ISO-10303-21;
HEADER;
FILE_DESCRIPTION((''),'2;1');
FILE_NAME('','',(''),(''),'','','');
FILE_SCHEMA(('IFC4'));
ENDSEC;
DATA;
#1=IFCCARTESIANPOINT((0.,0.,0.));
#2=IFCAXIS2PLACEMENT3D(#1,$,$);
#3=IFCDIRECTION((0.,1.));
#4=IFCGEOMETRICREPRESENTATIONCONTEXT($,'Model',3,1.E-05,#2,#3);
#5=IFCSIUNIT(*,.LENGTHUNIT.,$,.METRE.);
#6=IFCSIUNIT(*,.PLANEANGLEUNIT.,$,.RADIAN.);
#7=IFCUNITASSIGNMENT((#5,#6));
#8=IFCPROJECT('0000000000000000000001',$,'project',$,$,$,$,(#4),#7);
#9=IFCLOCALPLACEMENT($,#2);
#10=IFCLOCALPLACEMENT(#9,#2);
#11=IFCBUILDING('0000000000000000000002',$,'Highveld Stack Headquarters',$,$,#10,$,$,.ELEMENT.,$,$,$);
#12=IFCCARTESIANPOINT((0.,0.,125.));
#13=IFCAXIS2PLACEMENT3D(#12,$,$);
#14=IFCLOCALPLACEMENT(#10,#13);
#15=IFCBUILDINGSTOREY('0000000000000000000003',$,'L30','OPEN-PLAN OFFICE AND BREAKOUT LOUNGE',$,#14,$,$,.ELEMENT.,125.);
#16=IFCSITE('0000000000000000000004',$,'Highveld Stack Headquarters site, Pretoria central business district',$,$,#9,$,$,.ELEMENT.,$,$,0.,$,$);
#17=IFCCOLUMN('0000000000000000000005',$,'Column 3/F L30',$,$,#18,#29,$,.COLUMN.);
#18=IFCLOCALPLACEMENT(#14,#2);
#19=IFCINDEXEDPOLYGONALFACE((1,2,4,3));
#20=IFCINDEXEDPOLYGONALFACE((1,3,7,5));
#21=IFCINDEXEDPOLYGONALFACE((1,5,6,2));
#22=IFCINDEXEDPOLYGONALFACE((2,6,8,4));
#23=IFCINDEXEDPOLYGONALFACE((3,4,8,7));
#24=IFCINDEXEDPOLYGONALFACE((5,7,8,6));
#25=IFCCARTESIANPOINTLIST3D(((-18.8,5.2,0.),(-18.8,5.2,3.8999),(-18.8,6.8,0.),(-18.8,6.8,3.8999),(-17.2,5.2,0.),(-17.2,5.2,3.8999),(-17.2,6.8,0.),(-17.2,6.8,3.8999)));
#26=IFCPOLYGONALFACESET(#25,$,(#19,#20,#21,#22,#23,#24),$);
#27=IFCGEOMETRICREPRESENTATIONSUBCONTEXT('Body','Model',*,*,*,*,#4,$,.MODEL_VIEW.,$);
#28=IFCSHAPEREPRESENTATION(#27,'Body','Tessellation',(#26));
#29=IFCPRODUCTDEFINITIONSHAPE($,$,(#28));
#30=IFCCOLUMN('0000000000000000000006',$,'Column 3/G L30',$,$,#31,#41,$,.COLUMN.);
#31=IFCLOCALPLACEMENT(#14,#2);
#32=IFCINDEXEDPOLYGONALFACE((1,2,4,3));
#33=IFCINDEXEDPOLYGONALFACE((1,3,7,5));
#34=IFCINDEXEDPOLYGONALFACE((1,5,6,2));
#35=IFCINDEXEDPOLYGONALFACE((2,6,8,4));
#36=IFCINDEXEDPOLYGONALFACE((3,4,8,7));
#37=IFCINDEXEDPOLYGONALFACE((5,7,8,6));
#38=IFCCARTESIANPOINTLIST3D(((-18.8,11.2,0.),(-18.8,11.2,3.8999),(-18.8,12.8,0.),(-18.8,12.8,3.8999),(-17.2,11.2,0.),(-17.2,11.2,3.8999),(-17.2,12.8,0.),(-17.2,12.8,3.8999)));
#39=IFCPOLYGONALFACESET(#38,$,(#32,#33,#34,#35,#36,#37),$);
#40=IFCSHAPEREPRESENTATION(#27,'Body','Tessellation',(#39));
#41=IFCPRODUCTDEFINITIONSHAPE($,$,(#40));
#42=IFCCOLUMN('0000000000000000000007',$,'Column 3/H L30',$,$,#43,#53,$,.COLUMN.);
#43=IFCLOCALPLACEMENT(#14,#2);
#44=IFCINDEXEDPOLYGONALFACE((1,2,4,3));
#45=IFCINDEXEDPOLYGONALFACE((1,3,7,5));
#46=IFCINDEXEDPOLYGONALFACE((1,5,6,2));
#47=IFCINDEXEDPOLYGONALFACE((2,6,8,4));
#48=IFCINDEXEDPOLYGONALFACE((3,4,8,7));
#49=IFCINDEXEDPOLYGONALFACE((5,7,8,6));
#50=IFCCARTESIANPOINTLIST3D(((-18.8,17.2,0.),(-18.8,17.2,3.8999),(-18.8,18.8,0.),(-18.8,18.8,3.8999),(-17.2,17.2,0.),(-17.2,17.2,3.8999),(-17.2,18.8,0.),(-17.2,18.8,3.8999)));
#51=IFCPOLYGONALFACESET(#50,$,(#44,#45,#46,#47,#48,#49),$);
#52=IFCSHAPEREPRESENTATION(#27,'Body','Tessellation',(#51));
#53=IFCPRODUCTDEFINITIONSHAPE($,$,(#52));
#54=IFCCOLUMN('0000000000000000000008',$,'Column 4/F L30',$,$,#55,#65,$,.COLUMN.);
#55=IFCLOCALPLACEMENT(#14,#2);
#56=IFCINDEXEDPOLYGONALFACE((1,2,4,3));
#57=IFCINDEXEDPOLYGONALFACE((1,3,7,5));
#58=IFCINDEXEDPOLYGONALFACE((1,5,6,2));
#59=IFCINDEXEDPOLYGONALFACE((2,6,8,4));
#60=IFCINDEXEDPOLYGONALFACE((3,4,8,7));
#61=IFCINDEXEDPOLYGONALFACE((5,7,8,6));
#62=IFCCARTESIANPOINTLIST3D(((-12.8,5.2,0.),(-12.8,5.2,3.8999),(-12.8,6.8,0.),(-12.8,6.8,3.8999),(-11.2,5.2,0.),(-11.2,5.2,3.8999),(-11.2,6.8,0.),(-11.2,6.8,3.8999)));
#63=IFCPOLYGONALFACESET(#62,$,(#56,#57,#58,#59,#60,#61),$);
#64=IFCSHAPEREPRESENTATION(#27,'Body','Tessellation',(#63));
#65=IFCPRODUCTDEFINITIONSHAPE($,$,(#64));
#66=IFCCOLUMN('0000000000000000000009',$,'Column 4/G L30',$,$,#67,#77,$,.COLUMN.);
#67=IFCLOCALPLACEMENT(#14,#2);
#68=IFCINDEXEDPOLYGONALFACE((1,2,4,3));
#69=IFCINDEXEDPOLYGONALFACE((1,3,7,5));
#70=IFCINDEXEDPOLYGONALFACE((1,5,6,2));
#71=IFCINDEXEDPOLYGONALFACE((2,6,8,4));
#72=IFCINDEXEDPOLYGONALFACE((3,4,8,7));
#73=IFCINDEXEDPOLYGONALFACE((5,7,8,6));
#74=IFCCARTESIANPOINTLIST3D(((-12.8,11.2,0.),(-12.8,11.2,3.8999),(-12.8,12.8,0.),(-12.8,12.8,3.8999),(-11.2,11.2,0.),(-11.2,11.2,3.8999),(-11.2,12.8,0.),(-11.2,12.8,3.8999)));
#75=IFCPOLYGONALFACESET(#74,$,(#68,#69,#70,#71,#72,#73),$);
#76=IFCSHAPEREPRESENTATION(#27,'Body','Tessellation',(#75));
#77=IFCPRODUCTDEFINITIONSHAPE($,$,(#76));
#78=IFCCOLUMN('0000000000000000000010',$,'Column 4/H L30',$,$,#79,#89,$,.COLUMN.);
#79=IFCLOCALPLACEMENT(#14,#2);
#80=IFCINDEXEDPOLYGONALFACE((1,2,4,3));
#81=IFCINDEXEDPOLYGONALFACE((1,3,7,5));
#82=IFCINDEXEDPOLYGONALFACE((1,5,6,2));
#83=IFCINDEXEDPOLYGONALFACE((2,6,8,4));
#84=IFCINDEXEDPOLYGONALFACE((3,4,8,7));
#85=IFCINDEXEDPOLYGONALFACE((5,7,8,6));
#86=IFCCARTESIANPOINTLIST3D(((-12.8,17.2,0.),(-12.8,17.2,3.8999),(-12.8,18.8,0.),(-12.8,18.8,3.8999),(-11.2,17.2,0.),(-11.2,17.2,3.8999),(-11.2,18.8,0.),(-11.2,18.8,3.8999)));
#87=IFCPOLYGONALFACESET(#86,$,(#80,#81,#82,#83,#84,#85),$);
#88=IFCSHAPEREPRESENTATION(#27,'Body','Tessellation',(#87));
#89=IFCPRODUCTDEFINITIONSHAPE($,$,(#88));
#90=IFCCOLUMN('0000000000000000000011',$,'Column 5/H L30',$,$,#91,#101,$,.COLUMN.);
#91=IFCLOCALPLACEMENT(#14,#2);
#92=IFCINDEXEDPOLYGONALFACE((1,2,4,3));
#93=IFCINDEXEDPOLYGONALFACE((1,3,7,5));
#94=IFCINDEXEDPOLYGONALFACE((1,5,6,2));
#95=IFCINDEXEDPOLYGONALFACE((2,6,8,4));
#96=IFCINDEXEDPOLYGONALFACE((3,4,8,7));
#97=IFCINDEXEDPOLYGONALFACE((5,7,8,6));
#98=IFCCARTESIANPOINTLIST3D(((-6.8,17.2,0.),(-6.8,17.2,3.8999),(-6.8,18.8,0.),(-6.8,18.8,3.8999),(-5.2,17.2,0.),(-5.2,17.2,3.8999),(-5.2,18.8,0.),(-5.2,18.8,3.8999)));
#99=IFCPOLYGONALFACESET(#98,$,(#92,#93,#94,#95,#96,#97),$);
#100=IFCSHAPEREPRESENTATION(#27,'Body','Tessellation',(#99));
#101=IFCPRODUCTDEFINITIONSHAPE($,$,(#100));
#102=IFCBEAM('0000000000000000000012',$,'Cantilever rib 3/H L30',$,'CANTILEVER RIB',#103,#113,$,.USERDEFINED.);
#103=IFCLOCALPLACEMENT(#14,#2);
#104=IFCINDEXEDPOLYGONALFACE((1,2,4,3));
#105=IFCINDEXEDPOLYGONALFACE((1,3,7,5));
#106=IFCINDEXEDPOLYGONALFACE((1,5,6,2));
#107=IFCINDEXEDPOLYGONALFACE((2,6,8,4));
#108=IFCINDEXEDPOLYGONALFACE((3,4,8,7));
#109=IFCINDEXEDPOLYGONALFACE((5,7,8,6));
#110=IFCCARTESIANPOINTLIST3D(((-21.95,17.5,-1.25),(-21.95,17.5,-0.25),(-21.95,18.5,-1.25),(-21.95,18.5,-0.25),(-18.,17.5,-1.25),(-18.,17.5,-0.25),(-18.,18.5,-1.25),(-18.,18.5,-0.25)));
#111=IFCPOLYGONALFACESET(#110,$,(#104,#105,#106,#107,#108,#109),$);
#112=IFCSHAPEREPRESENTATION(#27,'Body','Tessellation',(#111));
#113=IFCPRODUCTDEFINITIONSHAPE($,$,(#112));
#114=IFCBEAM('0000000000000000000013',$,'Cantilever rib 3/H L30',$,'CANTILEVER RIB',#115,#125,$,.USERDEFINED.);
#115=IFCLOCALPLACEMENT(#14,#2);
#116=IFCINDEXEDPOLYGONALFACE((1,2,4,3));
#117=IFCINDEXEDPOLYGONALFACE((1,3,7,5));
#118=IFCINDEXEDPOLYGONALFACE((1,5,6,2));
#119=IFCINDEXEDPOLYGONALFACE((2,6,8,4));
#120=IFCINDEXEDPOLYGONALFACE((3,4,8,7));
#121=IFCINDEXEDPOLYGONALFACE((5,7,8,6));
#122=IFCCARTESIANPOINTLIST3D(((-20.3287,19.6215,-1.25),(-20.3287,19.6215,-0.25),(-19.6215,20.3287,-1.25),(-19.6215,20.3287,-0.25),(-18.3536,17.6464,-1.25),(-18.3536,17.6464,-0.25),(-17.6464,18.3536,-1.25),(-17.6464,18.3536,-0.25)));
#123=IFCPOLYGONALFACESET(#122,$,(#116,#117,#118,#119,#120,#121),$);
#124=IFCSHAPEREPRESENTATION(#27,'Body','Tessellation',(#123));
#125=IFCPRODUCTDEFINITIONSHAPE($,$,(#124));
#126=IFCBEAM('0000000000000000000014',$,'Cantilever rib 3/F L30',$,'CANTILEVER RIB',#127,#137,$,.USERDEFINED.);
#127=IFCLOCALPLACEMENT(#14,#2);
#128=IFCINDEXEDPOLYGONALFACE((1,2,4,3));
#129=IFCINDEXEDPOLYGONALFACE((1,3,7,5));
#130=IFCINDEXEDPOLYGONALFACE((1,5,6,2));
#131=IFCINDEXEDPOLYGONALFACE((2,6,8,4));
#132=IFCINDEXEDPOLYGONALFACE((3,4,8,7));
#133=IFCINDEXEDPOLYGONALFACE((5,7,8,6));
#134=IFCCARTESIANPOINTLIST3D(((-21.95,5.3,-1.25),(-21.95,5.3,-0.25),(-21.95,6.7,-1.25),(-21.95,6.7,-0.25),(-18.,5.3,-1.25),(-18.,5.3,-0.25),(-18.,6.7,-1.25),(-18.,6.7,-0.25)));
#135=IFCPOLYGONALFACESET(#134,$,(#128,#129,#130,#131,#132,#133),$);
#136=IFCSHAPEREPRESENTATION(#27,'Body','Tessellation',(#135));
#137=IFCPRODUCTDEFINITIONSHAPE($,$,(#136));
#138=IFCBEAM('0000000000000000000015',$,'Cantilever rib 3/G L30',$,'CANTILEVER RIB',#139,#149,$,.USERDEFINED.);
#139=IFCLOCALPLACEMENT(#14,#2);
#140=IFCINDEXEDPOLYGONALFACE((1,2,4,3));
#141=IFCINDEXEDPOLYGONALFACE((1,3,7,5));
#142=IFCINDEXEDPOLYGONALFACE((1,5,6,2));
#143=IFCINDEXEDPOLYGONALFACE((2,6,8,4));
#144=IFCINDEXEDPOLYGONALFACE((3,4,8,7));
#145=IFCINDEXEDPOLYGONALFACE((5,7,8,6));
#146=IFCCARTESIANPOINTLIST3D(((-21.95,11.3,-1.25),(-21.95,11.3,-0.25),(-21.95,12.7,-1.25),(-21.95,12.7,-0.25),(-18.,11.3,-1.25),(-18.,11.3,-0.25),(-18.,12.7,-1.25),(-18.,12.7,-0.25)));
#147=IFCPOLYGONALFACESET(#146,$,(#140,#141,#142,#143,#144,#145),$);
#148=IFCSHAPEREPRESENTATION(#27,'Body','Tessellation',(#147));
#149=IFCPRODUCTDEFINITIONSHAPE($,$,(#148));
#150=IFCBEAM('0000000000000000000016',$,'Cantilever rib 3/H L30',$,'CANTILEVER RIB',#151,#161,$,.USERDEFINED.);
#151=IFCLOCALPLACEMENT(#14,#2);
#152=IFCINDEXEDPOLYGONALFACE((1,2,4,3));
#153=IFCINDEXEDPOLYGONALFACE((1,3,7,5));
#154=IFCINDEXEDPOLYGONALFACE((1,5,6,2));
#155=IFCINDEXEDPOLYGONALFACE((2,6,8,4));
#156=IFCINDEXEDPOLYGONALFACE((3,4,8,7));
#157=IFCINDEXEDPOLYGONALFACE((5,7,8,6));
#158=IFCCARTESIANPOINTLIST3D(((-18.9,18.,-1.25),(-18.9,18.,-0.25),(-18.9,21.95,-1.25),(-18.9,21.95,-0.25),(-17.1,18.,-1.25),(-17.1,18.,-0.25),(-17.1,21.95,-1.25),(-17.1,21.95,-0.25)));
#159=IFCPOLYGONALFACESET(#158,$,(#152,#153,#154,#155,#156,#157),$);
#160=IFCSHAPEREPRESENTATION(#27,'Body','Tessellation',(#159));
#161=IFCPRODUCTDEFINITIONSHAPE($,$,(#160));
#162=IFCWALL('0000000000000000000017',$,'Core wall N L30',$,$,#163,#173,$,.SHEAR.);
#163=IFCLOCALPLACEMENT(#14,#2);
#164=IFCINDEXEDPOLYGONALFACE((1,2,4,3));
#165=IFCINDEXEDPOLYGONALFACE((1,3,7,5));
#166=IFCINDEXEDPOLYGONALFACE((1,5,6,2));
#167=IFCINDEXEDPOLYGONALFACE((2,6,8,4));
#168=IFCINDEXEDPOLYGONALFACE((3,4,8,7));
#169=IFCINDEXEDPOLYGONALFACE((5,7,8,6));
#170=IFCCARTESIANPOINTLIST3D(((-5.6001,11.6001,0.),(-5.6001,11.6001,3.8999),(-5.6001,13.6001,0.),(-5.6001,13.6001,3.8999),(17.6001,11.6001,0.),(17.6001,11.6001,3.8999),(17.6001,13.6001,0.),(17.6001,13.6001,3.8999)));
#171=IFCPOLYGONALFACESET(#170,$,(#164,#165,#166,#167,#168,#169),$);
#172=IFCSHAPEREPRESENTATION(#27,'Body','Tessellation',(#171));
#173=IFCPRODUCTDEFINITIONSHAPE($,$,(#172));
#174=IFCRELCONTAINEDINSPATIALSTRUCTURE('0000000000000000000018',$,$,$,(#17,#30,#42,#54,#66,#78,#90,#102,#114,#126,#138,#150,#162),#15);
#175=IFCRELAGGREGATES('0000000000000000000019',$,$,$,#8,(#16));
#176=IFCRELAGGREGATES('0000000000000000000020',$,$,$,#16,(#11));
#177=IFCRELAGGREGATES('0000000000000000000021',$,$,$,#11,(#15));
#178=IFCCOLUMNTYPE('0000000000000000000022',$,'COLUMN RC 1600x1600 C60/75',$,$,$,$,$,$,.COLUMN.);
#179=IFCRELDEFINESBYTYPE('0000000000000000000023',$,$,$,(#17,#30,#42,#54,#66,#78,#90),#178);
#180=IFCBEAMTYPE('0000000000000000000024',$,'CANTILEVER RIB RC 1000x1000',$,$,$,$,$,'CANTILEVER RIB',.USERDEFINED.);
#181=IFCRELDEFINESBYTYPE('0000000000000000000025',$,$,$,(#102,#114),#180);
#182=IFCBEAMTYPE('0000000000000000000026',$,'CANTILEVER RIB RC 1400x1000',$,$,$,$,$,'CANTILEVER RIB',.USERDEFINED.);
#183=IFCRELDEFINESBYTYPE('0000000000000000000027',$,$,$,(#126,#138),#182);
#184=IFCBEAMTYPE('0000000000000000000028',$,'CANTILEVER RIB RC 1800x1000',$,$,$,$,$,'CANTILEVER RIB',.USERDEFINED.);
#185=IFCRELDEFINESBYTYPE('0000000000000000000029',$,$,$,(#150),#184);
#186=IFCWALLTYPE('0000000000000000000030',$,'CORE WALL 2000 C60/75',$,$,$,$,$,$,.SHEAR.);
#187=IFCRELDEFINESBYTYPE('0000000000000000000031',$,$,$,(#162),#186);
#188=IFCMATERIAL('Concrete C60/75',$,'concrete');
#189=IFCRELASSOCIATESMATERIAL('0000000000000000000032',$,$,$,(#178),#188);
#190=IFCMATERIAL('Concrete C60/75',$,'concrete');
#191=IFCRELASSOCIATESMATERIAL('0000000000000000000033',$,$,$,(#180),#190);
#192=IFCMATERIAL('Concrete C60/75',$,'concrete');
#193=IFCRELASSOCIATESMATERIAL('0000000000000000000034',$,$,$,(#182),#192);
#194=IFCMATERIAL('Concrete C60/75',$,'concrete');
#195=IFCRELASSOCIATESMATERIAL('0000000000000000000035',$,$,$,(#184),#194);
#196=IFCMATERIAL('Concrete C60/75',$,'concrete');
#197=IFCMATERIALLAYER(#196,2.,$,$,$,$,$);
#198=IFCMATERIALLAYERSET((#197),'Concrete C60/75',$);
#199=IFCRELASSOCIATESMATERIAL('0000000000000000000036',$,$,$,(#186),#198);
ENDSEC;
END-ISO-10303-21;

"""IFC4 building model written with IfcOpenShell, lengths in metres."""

from ifc_helpers import new_model, si_unit, direction, frame, frame_2d, origin, origin_2d, place, context, subcontext, project, spatial, rectangle, extrude, material, layer, layer_set, material_profile, profile_set, type_object, element, save


model = new_model("IFC4")

# Units and contexts
model_context = context("Model", 3, precision=1e-05, world=origin(), true_north=direction((0.0, 1.0)))
body_context = subcontext(model_context, "Body", "Model", "MODEL_VIEW")
ifc_project = project(units=[si_unit("LENGTHUNIT", "METRE"), si_unit("PLANEANGLEUNIT", "RADIAN")], contexts=[model_context])

# Site, building, storey
site_placement = place(None, origin())
site = spatial("IfcSite", under=ifc_project, at=site_placement, Name="Highveld Stack Headquarters site, Pretoria central business district", CompositionType="ELEMENT", RefElevation=0.0)
building_placement = place(site_placement, origin())
building = spatial("IfcBuilding", under=site, at=building_placement, Name="Highveld Stack Headquarters", CompositionType="ELEMENT")
storey_placement = place(building_placement, frame((0.0, 0.0, 125.0)))
storey = spatial("IfcBuildingStorey", under=building, at=storey_placement, Name="L30", Description="OPEN-PLAN OFFICE AND BREAKOUT LOUNGE", CompositionType="ELEMENT", Elevation=125.0)

# Columns
ifc_material_1 = material(Name="Concrete C60/75", Category="concrete")
ifc_material_profile_1 = material_profile(ifc_material_1, rectangle(XDim=1.6001, YDim=1.6001, at=origin_2d()), Name="RC 1600x1600")
ifc_profile_set_1 = profile_set([ifc_material_profile_1], Name="Concrete C60/75")
column_type = type_object("IfcColumnType", Name="COLUMN RC 1600x1600 C60/75", PredefinedType="COLUMN", material=ifc_profile_set_1)
for number, where, z_axis, x_axis, name in (
    (1, (-18.0, 6.0, 0.0), (0.0, 0.0, 1.0), (1.0, 0.0, 0.0), "Column 3/F L30"),
    (2, (-18.0, 12.0, 0.0), (0.0, 0.0, 1.0), (1.0, 0.0, 0.0), "Column 3/G L30"),
    (3, (-18.0, 18.0, 0.0), (0.0, 0.0, 1.0), (1.0, 0.0, 0.0), "Column 3/H L30"),
    (4, (-12.0, 6.0, 0.0), (0.0, 0.0, 1.0), (1.0, 0.0, 0.0), "Column 4/F L30"),
    (5, (-12.0, 12.0, 0.0), (0.0, 0.0, 1.0), (1.0, 0.0, 0.0), "Column 4/G L30"),
    (6, (-12.0, 18.0, 0.0), (0.0, 0.0, 1.0), (1.0, 0.0, 0.0), "Column 4/H L30"),
    (7, (-6.0, 18.0, 0.0), (0.0, 0.0, 1.0), (1.0, 0.0, 0.0), "Column 5/H L30"),
):
    element("IfcColumn", number, at=place(storey_placement, frame(where, z_axis=z_axis, x_axis=x_axis)), inside=storey, type_object=column_type, Name=name, PredefinedType="COLUMN", context=body_context, shape_type="SweptSolid", body=[
        extrude(rectangle(XDim=1.6001, YDim=1.6001, at=origin_2d()), origin(), (0.0, 0.0, 1.0), 3.8999),
    ])

# Beams
ifc_material_2 = material(Name="Concrete C60/75", Category="concrete")
ifc_material_profile_2 = material_profile(ifc_material_2, rectangle(XDim=1.0, YDim=1.0, at=origin_2d()), Name="RC 1000x1000")
ifc_profile_set_2 = profile_set([ifc_material_profile_2], Name="Concrete C60/75")
beam_type_1 = type_object("IfcBeamType", Name="CANTILEVER RIB RC 1000x1000", ElementType="CANTILEVER RIB", PredefinedType="USERDEFINED", material=ifc_profile_set_2)
beam_1_placement = place(storey_placement, frame((-18.0, 18.0, -0.75), z_axis=(-1.0, 0.0, 0.0), x_axis=(0.0, -1.0, 0.0)))
element("IfcBeam", 8, at=beam_1_placement, inside=storey, type_object=beam_type_1, Name="Cantilever rib 3/H L30", ObjectType="CANTILEVER RIB", PredefinedType="USERDEFINED", context=body_context, shape_type="SweptSolid", body=[
    extrude(rectangle(XDim=1.0, YDim=1.0, at=origin_2d()), origin(), (0.0, 0.0, 1.0), 3.95),
])
beam_2_placement = place(storey_placement, frame((-18.0, 18.0, -0.75), z_axis=(-0.707107, 0.707107, 0.0), x_axis=(-0.707107, -0.707107, 0.0)))
element("IfcBeam", 9, at=beam_2_placement, inside=storey, type_object=beam_type_1, Name="Cantilever rib 3/H L30", ObjectType="CANTILEVER RIB", PredefinedType="USERDEFINED", context=body_context, shape_type="SweptSolid", body=[
    extrude(rectangle(XDim=1.0, YDim=1.0, at=origin_2d()), origin(), (0.0, 0.0, 1.0), 2.7932),
])
ifc_material_3 = material(Name="Concrete C60/75", Category="concrete")
ifc_material_profile_3 = material_profile(ifc_material_3, rectangle(XDim=1.3999, YDim=1.0, at=origin_2d()), Name="RC 1400x1000")
ifc_profile_set_3 = profile_set([ifc_material_profile_3], Name="Concrete C60/75")
beam_type_2 = type_object("IfcBeamType", Name="CANTILEVER RIB RC 1400x1000", ElementType="CANTILEVER RIB", PredefinedType="USERDEFINED", material=ifc_profile_set_3)
for number, where, z_axis, x_axis, name in (
    (10, (-18.0, 6.0, -0.75), (-1.0, 0.0, 0.0), (0.0, -1.0, 0.0), "Cantilever rib 3/F L30"),
    (11, (-18.0, 12.0, -0.75), (-1.0, 0.0, 0.0), (0.0, -1.0, 0.0), "Cantilever rib 3/G L30"),
):
    element("IfcBeam", number, at=place(storey_placement, frame(where, z_axis=z_axis, x_axis=x_axis)), inside=storey, type_object=beam_type_2, Name=name, ObjectType="CANTILEVER RIB", PredefinedType="USERDEFINED", context=body_context, shape_type="SweptSolid", body=[
        extrude(rectangle(XDim=1.3999, YDim=1.0, at=origin_2d()), origin(), (0.0, 0.0, 1.0), 3.95),
    ])
ifc_material_4 = material(Name="Concrete C60/75", Category="concrete")
ifc_material_profile_4 = material_profile(ifc_material_4, rectangle(XDim=1.8, YDim=1.0, at=origin_2d()), Name="RC 1800x1000")
ifc_profile_set_4 = profile_set([ifc_material_profile_4], Name="Concrete C60/75")
beam_type_3 = type_object("IfcBeamType", Name="CANTILEVER RIB RC 1800x1000", ElementType="CANTILEVER RIB", PredefinedType="USERDEFINED", material=ifc_profile_set_4)
beam_3_placement = place(storey_placement, frame((-18.0, 18.0, -0.75), z_axis=(0.0, 1.0, 0.0), x_axis=(-1.0, 0.0, 0.0)))
element("IfcBeam", 12, at=beam_3_placement, inside=storey, type_object=beam_type_3, Name="Cantilever rib 3/H L30", ObjectType="CANTILEVER RIB", PredefinedType="USERDEFINED", context=body_context, shape_type="SweptSolid", body=[
    extrude(rectangle(XDim=1.8, YDim=1.0, at=origin_2d()), origin(), (0.0, 0.0, 1.0), 3.95),
])

# Wall
ifc_material_5 = material(Name="Concrete C60/75", Category="concrete")
ifc_layer_1 = layer(ifc_material_5, 2.0)
ifc_layer_set_1 = layer_set([ifc_layer_1], Name="Concrete C60/75")
wall_type_1 = type_object("IfcWallType", Name="CORE WALL 2000 C60/75", PredefinedType="SHEAR", material=ifc_layer_set_1)
wall_1_placement = place(storey_placement, frame((-5.6001, 12.6001, 0.0), z_axis=(0.0, 0.0, 1.0), x_axis=(1.0, 0.0, 0.0)))
element("IfcWall", 13, at=wall_1_placement, inside=storey, type_object=wall_type_1, Name="Core wall N L30", PredefinedType="SHEAR", context=body_context, shape_type="SweptSolid", body=[
    extrude(rectangle(XDim=23.2002, YDim=2.0, at=frame_2d((11.6001, 0.0))), origin(), (0.0, 0.0, 1.0), 3.8999),
])

save(model, "model.ifc")
